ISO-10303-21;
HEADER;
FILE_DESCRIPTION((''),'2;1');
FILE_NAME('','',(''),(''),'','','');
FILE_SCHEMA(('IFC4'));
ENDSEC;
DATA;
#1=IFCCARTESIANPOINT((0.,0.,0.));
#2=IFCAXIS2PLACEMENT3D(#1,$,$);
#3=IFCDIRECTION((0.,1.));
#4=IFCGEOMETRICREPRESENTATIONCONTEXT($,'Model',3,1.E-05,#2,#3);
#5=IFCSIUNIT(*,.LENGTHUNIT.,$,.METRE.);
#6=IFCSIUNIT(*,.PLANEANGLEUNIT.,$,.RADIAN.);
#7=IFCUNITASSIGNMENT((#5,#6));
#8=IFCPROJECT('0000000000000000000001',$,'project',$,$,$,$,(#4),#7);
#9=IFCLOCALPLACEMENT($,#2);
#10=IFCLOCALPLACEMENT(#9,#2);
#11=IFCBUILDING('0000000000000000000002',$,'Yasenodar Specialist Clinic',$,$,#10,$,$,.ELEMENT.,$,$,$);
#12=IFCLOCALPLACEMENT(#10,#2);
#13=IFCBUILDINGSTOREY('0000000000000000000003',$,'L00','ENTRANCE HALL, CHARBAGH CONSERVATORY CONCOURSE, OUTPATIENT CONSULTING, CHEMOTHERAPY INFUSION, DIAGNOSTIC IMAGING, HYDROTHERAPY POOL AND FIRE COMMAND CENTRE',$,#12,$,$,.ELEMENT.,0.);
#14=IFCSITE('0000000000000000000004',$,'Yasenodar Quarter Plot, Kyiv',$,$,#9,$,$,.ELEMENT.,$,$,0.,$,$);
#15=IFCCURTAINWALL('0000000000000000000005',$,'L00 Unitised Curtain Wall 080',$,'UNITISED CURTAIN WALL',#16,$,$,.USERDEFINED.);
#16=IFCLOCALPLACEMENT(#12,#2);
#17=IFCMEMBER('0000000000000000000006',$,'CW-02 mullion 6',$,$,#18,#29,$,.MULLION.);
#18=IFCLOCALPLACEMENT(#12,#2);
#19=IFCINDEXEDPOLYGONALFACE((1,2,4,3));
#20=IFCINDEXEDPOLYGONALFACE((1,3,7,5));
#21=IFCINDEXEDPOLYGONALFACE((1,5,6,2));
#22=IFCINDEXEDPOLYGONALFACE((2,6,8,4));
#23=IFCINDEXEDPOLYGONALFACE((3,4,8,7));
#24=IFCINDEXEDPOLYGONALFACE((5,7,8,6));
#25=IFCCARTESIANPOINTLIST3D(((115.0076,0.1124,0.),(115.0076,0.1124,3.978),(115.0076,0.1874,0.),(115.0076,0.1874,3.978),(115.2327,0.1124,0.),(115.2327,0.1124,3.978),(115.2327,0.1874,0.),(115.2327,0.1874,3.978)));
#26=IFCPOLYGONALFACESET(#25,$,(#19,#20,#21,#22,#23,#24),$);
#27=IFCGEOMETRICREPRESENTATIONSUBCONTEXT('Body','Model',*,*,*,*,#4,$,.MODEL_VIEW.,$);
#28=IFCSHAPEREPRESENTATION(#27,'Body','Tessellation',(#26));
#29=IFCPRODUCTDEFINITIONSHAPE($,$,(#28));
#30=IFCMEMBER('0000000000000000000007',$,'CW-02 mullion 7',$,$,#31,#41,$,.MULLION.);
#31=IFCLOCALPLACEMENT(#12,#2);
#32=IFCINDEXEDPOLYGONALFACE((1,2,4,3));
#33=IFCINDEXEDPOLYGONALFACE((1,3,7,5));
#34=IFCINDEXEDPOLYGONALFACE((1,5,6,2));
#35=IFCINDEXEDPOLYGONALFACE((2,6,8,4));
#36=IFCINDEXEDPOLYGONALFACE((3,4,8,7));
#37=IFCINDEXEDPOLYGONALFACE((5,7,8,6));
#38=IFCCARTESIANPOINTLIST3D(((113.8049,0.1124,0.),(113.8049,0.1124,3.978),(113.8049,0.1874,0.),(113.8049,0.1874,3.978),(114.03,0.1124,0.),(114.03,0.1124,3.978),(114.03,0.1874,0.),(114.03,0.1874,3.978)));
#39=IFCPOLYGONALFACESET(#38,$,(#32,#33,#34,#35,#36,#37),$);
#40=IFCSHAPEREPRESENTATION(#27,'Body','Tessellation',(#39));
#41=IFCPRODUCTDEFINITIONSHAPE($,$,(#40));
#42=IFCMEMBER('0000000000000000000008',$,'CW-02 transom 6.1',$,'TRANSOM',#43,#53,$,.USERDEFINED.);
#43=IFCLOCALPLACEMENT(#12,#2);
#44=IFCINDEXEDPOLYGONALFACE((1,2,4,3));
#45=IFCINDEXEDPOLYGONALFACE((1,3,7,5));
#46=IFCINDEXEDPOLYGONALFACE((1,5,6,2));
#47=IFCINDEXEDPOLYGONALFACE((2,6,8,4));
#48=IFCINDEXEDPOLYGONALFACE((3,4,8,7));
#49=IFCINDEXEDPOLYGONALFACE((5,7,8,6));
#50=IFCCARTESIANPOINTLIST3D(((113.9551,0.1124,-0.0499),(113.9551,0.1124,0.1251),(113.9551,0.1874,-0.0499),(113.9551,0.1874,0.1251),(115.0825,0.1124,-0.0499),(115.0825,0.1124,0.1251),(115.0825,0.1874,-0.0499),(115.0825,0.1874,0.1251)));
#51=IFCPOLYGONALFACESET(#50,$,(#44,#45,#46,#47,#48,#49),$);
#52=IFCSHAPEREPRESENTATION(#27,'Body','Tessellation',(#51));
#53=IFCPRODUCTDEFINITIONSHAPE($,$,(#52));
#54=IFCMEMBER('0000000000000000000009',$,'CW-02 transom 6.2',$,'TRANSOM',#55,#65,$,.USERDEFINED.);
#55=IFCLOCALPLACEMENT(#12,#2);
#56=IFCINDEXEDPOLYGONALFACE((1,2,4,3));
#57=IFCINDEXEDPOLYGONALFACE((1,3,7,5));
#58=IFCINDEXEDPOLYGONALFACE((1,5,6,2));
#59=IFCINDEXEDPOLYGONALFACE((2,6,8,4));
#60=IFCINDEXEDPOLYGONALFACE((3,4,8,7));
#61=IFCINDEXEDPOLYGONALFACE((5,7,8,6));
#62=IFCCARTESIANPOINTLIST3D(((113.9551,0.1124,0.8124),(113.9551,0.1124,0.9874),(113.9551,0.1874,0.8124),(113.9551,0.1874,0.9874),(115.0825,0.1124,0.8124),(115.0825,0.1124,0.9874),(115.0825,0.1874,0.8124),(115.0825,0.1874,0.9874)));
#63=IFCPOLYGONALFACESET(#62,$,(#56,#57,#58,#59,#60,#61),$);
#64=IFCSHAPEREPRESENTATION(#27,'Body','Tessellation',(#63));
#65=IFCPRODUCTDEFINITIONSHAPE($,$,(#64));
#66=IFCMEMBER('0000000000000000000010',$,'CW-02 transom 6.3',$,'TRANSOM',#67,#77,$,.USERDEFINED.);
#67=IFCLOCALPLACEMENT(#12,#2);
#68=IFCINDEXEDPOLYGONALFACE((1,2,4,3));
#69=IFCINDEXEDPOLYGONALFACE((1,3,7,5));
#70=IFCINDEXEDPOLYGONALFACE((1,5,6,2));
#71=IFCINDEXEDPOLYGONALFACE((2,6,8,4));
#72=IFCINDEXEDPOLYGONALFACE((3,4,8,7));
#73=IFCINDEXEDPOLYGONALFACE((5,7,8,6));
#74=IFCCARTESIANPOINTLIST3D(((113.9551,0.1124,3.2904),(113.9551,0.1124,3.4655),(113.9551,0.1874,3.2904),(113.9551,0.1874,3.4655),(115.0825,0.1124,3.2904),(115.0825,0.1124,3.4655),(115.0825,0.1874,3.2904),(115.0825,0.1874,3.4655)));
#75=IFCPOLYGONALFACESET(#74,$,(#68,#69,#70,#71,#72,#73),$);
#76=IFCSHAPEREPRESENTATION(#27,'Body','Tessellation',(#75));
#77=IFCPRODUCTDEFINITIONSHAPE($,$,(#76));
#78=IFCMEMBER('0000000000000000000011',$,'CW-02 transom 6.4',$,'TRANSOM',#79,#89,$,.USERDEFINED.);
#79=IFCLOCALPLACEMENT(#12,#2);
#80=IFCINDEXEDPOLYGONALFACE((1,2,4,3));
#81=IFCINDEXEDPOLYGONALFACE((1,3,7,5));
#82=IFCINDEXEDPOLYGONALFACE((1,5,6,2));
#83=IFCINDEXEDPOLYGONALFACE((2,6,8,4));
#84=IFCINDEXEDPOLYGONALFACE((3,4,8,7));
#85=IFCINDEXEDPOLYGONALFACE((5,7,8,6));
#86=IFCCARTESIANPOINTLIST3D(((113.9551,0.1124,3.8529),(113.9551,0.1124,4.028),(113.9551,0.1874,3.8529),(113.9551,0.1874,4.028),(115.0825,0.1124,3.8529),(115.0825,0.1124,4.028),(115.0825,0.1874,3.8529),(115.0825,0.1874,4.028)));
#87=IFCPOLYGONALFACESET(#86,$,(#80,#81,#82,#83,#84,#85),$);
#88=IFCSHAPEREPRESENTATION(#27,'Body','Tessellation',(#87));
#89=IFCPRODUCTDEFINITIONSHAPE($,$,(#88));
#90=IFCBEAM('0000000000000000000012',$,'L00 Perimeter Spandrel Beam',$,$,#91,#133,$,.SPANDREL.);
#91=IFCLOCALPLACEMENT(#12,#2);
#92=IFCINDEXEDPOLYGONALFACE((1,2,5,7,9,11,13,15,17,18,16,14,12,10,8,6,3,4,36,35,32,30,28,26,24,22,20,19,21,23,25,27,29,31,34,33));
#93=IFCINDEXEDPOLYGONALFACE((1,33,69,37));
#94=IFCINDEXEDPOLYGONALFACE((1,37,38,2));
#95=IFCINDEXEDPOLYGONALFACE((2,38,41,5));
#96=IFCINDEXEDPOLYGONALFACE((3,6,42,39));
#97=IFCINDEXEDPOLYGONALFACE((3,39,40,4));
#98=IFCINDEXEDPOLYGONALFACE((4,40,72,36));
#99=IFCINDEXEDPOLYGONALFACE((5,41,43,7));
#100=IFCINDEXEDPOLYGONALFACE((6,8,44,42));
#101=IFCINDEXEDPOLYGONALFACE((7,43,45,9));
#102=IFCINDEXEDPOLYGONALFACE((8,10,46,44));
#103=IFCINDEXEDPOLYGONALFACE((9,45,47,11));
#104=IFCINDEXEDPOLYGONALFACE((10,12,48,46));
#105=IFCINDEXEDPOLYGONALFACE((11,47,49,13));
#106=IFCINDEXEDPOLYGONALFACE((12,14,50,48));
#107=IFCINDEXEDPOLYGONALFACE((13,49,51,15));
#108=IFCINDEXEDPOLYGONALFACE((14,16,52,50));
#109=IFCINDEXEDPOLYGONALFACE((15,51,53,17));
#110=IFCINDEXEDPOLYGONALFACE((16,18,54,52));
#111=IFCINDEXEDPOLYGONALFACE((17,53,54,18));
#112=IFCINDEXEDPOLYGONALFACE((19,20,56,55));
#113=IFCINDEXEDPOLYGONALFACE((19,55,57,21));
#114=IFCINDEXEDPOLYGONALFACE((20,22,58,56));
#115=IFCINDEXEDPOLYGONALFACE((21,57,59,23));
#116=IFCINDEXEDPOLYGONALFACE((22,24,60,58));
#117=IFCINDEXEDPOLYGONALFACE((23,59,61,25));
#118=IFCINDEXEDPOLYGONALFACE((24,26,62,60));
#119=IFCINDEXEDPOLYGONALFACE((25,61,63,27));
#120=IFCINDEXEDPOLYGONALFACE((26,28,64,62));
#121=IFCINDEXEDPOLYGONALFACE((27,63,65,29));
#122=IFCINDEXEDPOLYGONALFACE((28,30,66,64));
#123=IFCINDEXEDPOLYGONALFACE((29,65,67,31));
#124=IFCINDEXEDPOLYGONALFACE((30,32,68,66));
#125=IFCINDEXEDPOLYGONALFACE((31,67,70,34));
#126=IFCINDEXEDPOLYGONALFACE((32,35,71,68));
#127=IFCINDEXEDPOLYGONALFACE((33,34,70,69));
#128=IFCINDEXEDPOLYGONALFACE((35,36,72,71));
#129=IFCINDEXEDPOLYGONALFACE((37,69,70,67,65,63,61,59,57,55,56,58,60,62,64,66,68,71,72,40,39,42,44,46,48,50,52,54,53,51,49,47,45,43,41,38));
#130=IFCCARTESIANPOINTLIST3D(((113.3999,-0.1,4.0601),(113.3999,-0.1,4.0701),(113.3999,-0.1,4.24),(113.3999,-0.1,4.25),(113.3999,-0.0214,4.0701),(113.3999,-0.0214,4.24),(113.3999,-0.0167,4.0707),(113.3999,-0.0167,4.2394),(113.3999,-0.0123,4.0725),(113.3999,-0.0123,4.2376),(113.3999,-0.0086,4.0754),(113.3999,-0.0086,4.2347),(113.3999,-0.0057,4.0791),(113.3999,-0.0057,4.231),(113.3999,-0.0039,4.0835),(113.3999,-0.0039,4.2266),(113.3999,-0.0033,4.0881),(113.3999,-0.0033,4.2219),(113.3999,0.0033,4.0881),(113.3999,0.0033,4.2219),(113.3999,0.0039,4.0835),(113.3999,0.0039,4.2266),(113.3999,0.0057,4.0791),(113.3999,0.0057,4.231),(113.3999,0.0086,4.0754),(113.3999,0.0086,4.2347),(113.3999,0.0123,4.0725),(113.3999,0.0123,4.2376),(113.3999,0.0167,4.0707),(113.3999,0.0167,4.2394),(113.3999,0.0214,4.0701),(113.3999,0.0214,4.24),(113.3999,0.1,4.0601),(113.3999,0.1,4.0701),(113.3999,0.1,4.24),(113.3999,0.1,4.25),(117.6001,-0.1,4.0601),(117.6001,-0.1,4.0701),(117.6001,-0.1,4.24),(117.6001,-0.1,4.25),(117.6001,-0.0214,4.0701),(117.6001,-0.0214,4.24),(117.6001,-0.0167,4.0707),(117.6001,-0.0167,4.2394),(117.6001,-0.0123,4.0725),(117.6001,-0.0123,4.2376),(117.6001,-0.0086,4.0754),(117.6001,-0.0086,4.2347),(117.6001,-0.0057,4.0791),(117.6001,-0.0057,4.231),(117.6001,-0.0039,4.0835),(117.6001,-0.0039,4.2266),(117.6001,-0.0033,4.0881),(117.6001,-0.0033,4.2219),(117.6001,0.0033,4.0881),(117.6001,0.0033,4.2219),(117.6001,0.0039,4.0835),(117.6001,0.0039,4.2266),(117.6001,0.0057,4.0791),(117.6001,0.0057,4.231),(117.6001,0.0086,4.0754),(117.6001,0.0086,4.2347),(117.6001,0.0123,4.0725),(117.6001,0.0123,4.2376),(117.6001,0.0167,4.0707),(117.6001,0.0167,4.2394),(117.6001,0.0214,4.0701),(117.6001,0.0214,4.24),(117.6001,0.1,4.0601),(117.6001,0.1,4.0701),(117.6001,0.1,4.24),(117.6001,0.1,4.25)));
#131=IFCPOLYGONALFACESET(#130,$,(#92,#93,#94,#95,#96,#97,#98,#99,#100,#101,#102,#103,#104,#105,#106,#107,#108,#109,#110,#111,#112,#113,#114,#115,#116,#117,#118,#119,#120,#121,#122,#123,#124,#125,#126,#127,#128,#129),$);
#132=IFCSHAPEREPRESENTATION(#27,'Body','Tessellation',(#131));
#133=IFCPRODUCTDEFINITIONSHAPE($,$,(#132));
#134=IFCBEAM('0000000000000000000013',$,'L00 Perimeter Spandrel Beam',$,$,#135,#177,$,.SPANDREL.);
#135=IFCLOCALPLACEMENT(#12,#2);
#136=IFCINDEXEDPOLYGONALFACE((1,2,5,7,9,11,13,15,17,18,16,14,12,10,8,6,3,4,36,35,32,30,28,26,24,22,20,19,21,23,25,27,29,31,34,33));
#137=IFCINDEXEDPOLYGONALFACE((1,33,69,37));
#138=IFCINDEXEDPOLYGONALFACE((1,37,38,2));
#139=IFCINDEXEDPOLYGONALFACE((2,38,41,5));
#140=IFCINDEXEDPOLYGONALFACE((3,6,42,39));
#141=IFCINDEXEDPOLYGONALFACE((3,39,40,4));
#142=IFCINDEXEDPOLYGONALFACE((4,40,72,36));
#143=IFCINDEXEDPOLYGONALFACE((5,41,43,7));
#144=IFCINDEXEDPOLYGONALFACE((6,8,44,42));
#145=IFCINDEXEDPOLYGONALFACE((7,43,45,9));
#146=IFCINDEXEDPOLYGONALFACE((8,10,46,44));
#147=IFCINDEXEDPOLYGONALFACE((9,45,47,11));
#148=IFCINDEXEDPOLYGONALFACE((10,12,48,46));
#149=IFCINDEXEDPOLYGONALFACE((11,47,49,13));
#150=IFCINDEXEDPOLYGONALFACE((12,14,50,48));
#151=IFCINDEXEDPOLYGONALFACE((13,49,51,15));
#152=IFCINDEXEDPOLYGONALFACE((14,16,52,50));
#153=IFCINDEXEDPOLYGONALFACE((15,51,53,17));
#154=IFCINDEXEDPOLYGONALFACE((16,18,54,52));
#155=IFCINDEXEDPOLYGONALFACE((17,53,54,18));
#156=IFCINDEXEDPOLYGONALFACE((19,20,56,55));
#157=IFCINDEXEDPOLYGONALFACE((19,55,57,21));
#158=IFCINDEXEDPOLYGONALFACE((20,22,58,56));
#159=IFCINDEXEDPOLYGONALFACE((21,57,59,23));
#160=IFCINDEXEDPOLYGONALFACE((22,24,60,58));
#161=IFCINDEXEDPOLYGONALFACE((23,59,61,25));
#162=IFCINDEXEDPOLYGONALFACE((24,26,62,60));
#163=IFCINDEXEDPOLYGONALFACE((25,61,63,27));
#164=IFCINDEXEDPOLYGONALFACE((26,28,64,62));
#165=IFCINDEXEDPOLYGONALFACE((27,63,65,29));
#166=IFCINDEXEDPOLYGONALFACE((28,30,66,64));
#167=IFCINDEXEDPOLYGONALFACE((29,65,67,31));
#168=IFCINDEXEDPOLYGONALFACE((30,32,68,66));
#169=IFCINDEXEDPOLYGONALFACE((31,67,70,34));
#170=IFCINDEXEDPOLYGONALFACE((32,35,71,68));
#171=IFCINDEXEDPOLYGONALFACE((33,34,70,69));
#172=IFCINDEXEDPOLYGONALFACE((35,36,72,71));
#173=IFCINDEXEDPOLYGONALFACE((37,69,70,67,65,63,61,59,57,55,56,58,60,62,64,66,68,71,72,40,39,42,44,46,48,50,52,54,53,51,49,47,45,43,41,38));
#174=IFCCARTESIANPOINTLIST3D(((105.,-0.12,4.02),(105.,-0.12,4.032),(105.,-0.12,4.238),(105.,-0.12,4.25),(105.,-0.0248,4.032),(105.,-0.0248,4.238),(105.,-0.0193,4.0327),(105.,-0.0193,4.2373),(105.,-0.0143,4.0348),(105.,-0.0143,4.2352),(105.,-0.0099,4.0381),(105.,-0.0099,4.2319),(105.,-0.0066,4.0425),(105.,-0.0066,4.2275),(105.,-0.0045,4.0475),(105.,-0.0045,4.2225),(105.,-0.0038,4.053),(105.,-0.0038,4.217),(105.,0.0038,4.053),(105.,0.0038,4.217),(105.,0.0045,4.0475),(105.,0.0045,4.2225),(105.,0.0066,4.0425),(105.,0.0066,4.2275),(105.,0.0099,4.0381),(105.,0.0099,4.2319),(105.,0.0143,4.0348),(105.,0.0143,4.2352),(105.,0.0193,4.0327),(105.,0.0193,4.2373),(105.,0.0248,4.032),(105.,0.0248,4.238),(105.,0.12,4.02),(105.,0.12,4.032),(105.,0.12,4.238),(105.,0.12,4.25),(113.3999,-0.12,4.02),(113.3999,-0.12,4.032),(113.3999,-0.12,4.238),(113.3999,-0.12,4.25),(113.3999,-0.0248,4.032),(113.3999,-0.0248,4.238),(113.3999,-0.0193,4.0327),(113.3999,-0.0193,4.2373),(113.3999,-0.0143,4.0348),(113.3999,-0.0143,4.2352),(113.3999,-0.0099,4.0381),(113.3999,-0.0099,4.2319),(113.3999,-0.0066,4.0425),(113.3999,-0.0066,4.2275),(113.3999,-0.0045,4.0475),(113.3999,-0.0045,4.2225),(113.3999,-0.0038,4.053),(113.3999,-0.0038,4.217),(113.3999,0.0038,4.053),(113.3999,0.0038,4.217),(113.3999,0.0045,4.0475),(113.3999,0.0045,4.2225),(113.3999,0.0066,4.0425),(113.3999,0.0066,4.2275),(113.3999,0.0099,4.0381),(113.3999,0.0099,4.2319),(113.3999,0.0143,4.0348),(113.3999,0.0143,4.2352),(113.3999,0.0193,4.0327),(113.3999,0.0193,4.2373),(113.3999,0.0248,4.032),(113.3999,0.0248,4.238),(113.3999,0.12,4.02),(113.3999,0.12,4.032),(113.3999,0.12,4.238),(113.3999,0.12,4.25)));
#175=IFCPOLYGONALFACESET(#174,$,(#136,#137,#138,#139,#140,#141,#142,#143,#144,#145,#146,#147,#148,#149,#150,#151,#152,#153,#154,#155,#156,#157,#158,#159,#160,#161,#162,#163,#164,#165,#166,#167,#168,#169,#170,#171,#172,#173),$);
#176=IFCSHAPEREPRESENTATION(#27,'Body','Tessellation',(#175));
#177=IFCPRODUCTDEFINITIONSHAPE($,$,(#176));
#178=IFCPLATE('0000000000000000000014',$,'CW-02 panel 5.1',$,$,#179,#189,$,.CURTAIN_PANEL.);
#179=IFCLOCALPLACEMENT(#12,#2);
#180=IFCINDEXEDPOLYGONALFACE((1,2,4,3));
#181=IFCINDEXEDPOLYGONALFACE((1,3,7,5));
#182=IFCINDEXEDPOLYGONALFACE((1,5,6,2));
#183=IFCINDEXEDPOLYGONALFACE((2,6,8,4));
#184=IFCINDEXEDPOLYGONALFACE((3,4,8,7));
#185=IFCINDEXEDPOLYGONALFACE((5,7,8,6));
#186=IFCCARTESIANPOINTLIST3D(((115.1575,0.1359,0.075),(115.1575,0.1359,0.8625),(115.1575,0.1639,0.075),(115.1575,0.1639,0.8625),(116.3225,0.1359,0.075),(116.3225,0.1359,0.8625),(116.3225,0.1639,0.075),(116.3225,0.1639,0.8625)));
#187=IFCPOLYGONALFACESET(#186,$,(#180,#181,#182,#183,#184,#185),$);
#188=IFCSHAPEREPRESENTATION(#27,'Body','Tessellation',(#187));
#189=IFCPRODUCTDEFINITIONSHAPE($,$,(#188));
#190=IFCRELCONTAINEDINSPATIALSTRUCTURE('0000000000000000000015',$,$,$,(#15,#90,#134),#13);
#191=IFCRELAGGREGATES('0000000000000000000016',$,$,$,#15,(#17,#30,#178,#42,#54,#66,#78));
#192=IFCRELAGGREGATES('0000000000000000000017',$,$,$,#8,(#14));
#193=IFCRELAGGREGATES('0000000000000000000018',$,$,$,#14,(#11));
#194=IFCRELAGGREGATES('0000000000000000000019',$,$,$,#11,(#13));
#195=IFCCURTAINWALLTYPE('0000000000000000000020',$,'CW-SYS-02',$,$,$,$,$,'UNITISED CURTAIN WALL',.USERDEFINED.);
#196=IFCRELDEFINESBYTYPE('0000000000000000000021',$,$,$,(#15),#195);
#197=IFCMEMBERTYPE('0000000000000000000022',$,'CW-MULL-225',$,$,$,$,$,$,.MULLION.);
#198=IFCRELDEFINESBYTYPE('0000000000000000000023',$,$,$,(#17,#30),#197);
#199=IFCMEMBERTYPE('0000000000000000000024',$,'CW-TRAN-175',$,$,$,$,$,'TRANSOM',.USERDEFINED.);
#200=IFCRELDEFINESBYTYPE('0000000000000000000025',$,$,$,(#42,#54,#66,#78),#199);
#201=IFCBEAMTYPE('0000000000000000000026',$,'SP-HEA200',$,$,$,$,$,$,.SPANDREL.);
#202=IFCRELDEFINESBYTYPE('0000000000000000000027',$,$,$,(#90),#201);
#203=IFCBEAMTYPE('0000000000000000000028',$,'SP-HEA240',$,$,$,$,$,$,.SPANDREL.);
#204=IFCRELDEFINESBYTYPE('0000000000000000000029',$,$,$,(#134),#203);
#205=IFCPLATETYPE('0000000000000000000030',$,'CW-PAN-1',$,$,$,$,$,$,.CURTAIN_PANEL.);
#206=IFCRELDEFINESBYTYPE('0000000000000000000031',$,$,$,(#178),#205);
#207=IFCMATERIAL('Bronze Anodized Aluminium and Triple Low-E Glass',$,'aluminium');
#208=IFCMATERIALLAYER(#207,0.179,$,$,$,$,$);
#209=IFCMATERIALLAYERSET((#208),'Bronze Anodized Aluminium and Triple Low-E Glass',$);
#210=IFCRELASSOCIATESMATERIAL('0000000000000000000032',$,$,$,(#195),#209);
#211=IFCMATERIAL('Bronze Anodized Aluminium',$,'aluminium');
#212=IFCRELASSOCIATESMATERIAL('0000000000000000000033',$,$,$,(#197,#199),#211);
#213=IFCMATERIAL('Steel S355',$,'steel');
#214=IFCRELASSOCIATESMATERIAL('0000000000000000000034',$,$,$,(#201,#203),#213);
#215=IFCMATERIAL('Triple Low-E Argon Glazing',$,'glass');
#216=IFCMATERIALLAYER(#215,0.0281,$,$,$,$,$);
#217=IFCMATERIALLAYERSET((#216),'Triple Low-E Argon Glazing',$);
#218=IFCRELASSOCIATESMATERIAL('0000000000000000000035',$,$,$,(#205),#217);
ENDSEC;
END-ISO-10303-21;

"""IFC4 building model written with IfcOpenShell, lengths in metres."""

from ifc_helpers import new_model, si_unit, direction, frame, origin, origin_2d, place, context, subcontext, project, spatial, rectangle, i_section, extrude, material, layer, layer_set, material_profile, profile_set, type_object, element, aggregate, save


model = new_model("IFC4")

# Units and contexts
model_context = context("Model", 3, precision=1e-05, world=origin(), true_north=direction((0.0, 1.0)))
body_context = subcontext(model_context, "Body", "Model", "MODEL_VIEW")
ifc_project = project(units=[si_unit("LENGTHUNIT", "METRE"), si_unit("PLANEANGLEUNIT", "RADIAN")], contexts=[model_context])

# Site, building, storey
site_placement = place(None, origin())
site = spatial("IfcSite", under=ifc_project, at=site_placement, Name="Yasenodar Quarter Plot, Kyiv", CompositionType="ELEMENT", RefElevation=0.0)
building_placement = place(site_placement, origin())
building = spatial("IfcBuilding", under=site, at=building_placement, Name="Yasenodar Specialist Clinic", CompositionType="ELEMENT")
storey_placement = place(building_placement, origin())
storey = spatial("IfcBuildingStorey", under=building, at=storey_placement, Name="L00", Description="ENTRANCE HALL, CHARBAGH CONSERVATORY CONCOURSE, OUTPATIENT CONSULTING, CHEMOTHERAPY INFUSION, DIAGNOSTIC IMAGING, HYDROTHERAPY POOL AND FIRE COMMAND CENTRE", CompositionType="ELEMENT", Elevation=0.0)

# Shared definitions
ifc_material_1 = material(Name="Steel S355", Category="steel")

# Curtain wall, members
ifc_material_2 = material(Name="Bronze Anodized Aluminium and Triple Low-E Glass", Category="aluminium")
ifc_layer_1 = layer(ifc_material_2, 0.179)
ifc_layer_set_1 = layer_set([ifc_layer_1], Name="Bronze Anodized Aluminium and Triple Low-E Glass")
curtain_wall_type = type_object("IfcCurtainWallType", Name="CW-SYS-02", ElementType="UNITISED CURTAIN WALL", PredefinedType="USERDEFINED", material=ifc_layer_set_1)
curtain_wall_placement = place(storey_placement, origin())
curtain_wall = element("IfcCurtainWall", 1, at=curtain_wall_placement, inside=storey, type_object=curtain_wall_type, Name="L00 Unitised Curtain Wall 080", ObjectType="UNITISED CURTAIN WALL", PredefinedType="USERDEFINED")
ifc_material_3 = material(Name="Bronze Anodized Aluminium", Category="aluminium")
ifc_material_profile_1 = material_profile(ifc_material_3, rectangle(XDim=0.075, YDim=0.2251, at=origin_2d()), Name="CW-MULL 75x225")
ifc_profile_set_1 = profile_set([ifc_material_profile_1], Name="Bronze Anodized Aluminium")
member_type_1 = type_object("IfcMemberType", Name="CW-MULL-225", PredefinedType="MULLION", material=ifc_profile_set_1)
member_1_placement = place(storey_placement, frame((115.1201, 0.1499, 0.0), z_axis=(0.0, 0.0, 1.0), x_axis=(0.0, -1.0, 0.0)))
member_1 = element("IfcMember", 2, at=member_1_placement, type_object=member_type_1, Name="CW-02 mullion 6", PredefinedType="MULLION", context=body_context, shape_type="SweptSolid", body=[
    extrude(rectangle(XDim=0.075, YDim=0.2251, at=origin_2d()), origin(), (0.0, 0.0, 1.0), 3.978),
])
member_2_placement = place(storey_placement, frame((113.9175, 0.1499, 0.0), z_axis=(0.0, 0.0, 1.0), x_axis=(0.0, -1.0, 0.0)))
member_2 = element("IfcMember", 3, at=member_2_placement, type_object=member_type_1, Name="CW-02 mullion 7", PredefinedType="MULLION", context=body_context, shape_type="SweptSolid", body=[
    extrude(rectangle(XDim=0.075, YDim=0.2251, at=origin_2d()), origin(), (0.0, 0.0, 1.0), 3.978),
])
ifc_material_profile_2 = material_profile(ifc_material_3, rectangle(XDim=0.075, YDim=0.175, at=origin_2d()), Name="CW-TRAN 75x175")
ifc_profile_set_2 = profile_set([ifc_material_profile_2], Name="Bronze Anodized Aluminium")
member_type_2 = type_object("IfcMemberType", Name="CW-TRAN-175", ElementType="TRANSOM", PredefinedType="USERDEFINED", material=ifc_profile_set_2)
member_3_placement = place(storey_placement, frame((115.0825, 0.1499, 0.0376), z_axis=(-1.0, 0.0, 0.0), x_axis=(0.0, -1.0, 0.0)))
member_3 = element("IfcMember", 4, at=member_3_placement, type_object=member_type_2, Name="CW-02 transom 6.1", ObjectType="TRANSOM", PredefinedType="USERDEFINED", context=body_context, shape_type="SweptSolid", body=[
    extrude(rectangle(XDim=0.075, YDim=0.175, at=origin_2d()), origin(), (0.0, 0.0, 1.0), 1.1274),
])
member_4_placement = place(storey_placement, frame((115.0825, 0.1499, 0.8999), z_axis=(-1.0, 0.0, 0.0), x_axis=(0.0, -1.0, 0.0)))
member_4 = element("IfcMember", 5, at=member_4_placement, type_object=member_type_2, Name="CW-02 transom 6.2", ObjectType="TRANSOM", PredefinedType="USERDEFINED", context=body_context, shape_type="SweptSolid", body=[
    extrude(rectangle(XDim=0.075, YDim=0.175, at=origin_2d()), origin(), (0.0, 0.0, 1.0), 1.1274),
])
member_5_placement = place(storey_placement, frame((115.0825, 0.1499, 3.3779), z_axis=(-1.0, 0.0, 0.0), x_axis=(0.0, -1.0, 0.0)))
member_5 = element("IfcMember", 6, at=member_5_placement, type_object=member_type_2, Name="CW-02 transom 6.3", ObjectType="TRANSOM", PredefinedType="USERDEFINED", context=body_context, shape_type="SweptSolid", body=[
    extrude(rectangle(XDim=0.075, YDim=0.175, at=origin_2d()), origin(), (0.0, 0.0, 1.0), 1.1274),
])
member_6_placement = place(storey_placement, frame((115.0825, 0.1499, 3.9404), z_axis=(-1.0, 0.0, 0.0), x_axis=(0.0, -1.0, 0.0)))
member_6 = element("IfcMember", 7, at=member_6_placement, type_object=member_type_2, Name="CW-02 transom 6.4", ObjectType="TRANSOM", PredefinedType="USERDEFINED", context=body_context, shape_type="SweptSolid", body=[
    extrude(rectangle(XDim=0.075, YDim=0.175, at=origin_2d()), origin(), (0.0, 0.0, 1.0), 1.1274),
])

# Beams
ifc_material_profile_3 = material_profile(ifc_material_1, i_section(OverallWidth=0.2, OverallDepth=0.1899, WebThickness=0.0066, FlangeThickness=0.01, FilletRadius=0.0181, at=origin_2d()), Name="HEA 200")
ifc_profile_set_3 = profile_set([ifc_material_profile_3], Name="Steel S355")
beam_type_1 = type_object("IfcBeamType", Name="SP-HEA200", PredefinedType="SPANDREL", material=ifc_profile_set_3)
beam_1_placement = place(storey_placement, frame((113.3999, 0.0, 4.155), z_axis=(1.0, 0.0, 0.0), x_axis=(0.0, 1.0, 0.0)))
element("IfcBeam", 8, at=beam_1_placement, inside=storey, type_object=beam_type_1, Name="L00 Perimeter Spandrel Beam", PredefinedType="SPANDREL", context=body_context, shape_type="SweptSolid", body=[
    extrude(i_section(OverallWidth=0.2, OverallDepth=0.1899, WebThickness=0.0066, FlangeThickness=0.01, FilletRadius=0.0181, at=origin_2d()), origin(), (0.0, 0.0, 1.0), 4.2002),
])
ifc_material_profile_4 = material_profile(ifc_material_1, i_section(OverallWidth=0.24, OverallDepth=0.23, WebThickness=0.0076, FlangeThickness=0.012, FilletRadius=0.021, at=origin_2d()), Name="HEA 240")
ifc_profile_set_4 = profile_set([ifc_material_profile_4], Name="Steel S355")
beam_type_2 = type_object("IfcBeamType", Name="SP-HEA240", PredefinedType="SPANDREL", material=ifc_profile_set_4)
beam_2_placement = place(storey_placement, frame((105.0, 0.0, 4.135), z_axis=(1.0, 0.0, 0.0), x_axis=(0.0, 1.0, 0.0)))
element("IfcBeam", 9, at=beam_2_placement, inside=storey, type_object=beam_type_2, Name="L00 Perimeter Spandrel Beam", PredefinedType="SPANDREL", context=body_context, shape_type="SweptSolid", body=[
    extrude(i_section(OverallWidth=0.24, OverallDepth=0.23, WebThickness=0.0076, FlangeThickness=0.012, FilletRadius=0.021, at=origin_2d()), origin(), (0.0, 0.0, 1.0), 8.3999),
])

# Plate
ifc_material_4 = material(Name="Triple Low-E Argon Glazing", Category="glass")
ifc_layer_2 = layer(ifc_material_4, 0.0281)
ifc_layer_set_2 = layer_set([ifc_layer_2], Name="Triple Low-E Argon Glazing")
plate_type = type_object("IfcPlateType", Name="CW-PAN-1", PredefinedType="CURTAIN_PANEL", material=ifc_layer_set_2)
plate_1_placement = place(storey_placement, frame((115.74, 0.1499, 0.075), z_axis=(0.0, 0.0, 1.0), x_axis=(-1.0, 0.0, 0.0)))
plate_1 = element("IfcPlate", 10, at=plate_1_placement, type_object=plate_type, Name="CW-02 panel 5.1", PredefinedType="CURTAIN_PANEL", context=body_context, shape_type="SweptSolid", body=[
    extrude(rectangle(XDim=1.165, YDim=0.0281, at=origin_2d()), origin(), (0.0, 0.0, 1.0), 0.7876),
])
aggregate(curtain_wall, [member_1, member_2, plate_1, member_3, member_4, member_5, member_6])

save(model, "model.ifc")
